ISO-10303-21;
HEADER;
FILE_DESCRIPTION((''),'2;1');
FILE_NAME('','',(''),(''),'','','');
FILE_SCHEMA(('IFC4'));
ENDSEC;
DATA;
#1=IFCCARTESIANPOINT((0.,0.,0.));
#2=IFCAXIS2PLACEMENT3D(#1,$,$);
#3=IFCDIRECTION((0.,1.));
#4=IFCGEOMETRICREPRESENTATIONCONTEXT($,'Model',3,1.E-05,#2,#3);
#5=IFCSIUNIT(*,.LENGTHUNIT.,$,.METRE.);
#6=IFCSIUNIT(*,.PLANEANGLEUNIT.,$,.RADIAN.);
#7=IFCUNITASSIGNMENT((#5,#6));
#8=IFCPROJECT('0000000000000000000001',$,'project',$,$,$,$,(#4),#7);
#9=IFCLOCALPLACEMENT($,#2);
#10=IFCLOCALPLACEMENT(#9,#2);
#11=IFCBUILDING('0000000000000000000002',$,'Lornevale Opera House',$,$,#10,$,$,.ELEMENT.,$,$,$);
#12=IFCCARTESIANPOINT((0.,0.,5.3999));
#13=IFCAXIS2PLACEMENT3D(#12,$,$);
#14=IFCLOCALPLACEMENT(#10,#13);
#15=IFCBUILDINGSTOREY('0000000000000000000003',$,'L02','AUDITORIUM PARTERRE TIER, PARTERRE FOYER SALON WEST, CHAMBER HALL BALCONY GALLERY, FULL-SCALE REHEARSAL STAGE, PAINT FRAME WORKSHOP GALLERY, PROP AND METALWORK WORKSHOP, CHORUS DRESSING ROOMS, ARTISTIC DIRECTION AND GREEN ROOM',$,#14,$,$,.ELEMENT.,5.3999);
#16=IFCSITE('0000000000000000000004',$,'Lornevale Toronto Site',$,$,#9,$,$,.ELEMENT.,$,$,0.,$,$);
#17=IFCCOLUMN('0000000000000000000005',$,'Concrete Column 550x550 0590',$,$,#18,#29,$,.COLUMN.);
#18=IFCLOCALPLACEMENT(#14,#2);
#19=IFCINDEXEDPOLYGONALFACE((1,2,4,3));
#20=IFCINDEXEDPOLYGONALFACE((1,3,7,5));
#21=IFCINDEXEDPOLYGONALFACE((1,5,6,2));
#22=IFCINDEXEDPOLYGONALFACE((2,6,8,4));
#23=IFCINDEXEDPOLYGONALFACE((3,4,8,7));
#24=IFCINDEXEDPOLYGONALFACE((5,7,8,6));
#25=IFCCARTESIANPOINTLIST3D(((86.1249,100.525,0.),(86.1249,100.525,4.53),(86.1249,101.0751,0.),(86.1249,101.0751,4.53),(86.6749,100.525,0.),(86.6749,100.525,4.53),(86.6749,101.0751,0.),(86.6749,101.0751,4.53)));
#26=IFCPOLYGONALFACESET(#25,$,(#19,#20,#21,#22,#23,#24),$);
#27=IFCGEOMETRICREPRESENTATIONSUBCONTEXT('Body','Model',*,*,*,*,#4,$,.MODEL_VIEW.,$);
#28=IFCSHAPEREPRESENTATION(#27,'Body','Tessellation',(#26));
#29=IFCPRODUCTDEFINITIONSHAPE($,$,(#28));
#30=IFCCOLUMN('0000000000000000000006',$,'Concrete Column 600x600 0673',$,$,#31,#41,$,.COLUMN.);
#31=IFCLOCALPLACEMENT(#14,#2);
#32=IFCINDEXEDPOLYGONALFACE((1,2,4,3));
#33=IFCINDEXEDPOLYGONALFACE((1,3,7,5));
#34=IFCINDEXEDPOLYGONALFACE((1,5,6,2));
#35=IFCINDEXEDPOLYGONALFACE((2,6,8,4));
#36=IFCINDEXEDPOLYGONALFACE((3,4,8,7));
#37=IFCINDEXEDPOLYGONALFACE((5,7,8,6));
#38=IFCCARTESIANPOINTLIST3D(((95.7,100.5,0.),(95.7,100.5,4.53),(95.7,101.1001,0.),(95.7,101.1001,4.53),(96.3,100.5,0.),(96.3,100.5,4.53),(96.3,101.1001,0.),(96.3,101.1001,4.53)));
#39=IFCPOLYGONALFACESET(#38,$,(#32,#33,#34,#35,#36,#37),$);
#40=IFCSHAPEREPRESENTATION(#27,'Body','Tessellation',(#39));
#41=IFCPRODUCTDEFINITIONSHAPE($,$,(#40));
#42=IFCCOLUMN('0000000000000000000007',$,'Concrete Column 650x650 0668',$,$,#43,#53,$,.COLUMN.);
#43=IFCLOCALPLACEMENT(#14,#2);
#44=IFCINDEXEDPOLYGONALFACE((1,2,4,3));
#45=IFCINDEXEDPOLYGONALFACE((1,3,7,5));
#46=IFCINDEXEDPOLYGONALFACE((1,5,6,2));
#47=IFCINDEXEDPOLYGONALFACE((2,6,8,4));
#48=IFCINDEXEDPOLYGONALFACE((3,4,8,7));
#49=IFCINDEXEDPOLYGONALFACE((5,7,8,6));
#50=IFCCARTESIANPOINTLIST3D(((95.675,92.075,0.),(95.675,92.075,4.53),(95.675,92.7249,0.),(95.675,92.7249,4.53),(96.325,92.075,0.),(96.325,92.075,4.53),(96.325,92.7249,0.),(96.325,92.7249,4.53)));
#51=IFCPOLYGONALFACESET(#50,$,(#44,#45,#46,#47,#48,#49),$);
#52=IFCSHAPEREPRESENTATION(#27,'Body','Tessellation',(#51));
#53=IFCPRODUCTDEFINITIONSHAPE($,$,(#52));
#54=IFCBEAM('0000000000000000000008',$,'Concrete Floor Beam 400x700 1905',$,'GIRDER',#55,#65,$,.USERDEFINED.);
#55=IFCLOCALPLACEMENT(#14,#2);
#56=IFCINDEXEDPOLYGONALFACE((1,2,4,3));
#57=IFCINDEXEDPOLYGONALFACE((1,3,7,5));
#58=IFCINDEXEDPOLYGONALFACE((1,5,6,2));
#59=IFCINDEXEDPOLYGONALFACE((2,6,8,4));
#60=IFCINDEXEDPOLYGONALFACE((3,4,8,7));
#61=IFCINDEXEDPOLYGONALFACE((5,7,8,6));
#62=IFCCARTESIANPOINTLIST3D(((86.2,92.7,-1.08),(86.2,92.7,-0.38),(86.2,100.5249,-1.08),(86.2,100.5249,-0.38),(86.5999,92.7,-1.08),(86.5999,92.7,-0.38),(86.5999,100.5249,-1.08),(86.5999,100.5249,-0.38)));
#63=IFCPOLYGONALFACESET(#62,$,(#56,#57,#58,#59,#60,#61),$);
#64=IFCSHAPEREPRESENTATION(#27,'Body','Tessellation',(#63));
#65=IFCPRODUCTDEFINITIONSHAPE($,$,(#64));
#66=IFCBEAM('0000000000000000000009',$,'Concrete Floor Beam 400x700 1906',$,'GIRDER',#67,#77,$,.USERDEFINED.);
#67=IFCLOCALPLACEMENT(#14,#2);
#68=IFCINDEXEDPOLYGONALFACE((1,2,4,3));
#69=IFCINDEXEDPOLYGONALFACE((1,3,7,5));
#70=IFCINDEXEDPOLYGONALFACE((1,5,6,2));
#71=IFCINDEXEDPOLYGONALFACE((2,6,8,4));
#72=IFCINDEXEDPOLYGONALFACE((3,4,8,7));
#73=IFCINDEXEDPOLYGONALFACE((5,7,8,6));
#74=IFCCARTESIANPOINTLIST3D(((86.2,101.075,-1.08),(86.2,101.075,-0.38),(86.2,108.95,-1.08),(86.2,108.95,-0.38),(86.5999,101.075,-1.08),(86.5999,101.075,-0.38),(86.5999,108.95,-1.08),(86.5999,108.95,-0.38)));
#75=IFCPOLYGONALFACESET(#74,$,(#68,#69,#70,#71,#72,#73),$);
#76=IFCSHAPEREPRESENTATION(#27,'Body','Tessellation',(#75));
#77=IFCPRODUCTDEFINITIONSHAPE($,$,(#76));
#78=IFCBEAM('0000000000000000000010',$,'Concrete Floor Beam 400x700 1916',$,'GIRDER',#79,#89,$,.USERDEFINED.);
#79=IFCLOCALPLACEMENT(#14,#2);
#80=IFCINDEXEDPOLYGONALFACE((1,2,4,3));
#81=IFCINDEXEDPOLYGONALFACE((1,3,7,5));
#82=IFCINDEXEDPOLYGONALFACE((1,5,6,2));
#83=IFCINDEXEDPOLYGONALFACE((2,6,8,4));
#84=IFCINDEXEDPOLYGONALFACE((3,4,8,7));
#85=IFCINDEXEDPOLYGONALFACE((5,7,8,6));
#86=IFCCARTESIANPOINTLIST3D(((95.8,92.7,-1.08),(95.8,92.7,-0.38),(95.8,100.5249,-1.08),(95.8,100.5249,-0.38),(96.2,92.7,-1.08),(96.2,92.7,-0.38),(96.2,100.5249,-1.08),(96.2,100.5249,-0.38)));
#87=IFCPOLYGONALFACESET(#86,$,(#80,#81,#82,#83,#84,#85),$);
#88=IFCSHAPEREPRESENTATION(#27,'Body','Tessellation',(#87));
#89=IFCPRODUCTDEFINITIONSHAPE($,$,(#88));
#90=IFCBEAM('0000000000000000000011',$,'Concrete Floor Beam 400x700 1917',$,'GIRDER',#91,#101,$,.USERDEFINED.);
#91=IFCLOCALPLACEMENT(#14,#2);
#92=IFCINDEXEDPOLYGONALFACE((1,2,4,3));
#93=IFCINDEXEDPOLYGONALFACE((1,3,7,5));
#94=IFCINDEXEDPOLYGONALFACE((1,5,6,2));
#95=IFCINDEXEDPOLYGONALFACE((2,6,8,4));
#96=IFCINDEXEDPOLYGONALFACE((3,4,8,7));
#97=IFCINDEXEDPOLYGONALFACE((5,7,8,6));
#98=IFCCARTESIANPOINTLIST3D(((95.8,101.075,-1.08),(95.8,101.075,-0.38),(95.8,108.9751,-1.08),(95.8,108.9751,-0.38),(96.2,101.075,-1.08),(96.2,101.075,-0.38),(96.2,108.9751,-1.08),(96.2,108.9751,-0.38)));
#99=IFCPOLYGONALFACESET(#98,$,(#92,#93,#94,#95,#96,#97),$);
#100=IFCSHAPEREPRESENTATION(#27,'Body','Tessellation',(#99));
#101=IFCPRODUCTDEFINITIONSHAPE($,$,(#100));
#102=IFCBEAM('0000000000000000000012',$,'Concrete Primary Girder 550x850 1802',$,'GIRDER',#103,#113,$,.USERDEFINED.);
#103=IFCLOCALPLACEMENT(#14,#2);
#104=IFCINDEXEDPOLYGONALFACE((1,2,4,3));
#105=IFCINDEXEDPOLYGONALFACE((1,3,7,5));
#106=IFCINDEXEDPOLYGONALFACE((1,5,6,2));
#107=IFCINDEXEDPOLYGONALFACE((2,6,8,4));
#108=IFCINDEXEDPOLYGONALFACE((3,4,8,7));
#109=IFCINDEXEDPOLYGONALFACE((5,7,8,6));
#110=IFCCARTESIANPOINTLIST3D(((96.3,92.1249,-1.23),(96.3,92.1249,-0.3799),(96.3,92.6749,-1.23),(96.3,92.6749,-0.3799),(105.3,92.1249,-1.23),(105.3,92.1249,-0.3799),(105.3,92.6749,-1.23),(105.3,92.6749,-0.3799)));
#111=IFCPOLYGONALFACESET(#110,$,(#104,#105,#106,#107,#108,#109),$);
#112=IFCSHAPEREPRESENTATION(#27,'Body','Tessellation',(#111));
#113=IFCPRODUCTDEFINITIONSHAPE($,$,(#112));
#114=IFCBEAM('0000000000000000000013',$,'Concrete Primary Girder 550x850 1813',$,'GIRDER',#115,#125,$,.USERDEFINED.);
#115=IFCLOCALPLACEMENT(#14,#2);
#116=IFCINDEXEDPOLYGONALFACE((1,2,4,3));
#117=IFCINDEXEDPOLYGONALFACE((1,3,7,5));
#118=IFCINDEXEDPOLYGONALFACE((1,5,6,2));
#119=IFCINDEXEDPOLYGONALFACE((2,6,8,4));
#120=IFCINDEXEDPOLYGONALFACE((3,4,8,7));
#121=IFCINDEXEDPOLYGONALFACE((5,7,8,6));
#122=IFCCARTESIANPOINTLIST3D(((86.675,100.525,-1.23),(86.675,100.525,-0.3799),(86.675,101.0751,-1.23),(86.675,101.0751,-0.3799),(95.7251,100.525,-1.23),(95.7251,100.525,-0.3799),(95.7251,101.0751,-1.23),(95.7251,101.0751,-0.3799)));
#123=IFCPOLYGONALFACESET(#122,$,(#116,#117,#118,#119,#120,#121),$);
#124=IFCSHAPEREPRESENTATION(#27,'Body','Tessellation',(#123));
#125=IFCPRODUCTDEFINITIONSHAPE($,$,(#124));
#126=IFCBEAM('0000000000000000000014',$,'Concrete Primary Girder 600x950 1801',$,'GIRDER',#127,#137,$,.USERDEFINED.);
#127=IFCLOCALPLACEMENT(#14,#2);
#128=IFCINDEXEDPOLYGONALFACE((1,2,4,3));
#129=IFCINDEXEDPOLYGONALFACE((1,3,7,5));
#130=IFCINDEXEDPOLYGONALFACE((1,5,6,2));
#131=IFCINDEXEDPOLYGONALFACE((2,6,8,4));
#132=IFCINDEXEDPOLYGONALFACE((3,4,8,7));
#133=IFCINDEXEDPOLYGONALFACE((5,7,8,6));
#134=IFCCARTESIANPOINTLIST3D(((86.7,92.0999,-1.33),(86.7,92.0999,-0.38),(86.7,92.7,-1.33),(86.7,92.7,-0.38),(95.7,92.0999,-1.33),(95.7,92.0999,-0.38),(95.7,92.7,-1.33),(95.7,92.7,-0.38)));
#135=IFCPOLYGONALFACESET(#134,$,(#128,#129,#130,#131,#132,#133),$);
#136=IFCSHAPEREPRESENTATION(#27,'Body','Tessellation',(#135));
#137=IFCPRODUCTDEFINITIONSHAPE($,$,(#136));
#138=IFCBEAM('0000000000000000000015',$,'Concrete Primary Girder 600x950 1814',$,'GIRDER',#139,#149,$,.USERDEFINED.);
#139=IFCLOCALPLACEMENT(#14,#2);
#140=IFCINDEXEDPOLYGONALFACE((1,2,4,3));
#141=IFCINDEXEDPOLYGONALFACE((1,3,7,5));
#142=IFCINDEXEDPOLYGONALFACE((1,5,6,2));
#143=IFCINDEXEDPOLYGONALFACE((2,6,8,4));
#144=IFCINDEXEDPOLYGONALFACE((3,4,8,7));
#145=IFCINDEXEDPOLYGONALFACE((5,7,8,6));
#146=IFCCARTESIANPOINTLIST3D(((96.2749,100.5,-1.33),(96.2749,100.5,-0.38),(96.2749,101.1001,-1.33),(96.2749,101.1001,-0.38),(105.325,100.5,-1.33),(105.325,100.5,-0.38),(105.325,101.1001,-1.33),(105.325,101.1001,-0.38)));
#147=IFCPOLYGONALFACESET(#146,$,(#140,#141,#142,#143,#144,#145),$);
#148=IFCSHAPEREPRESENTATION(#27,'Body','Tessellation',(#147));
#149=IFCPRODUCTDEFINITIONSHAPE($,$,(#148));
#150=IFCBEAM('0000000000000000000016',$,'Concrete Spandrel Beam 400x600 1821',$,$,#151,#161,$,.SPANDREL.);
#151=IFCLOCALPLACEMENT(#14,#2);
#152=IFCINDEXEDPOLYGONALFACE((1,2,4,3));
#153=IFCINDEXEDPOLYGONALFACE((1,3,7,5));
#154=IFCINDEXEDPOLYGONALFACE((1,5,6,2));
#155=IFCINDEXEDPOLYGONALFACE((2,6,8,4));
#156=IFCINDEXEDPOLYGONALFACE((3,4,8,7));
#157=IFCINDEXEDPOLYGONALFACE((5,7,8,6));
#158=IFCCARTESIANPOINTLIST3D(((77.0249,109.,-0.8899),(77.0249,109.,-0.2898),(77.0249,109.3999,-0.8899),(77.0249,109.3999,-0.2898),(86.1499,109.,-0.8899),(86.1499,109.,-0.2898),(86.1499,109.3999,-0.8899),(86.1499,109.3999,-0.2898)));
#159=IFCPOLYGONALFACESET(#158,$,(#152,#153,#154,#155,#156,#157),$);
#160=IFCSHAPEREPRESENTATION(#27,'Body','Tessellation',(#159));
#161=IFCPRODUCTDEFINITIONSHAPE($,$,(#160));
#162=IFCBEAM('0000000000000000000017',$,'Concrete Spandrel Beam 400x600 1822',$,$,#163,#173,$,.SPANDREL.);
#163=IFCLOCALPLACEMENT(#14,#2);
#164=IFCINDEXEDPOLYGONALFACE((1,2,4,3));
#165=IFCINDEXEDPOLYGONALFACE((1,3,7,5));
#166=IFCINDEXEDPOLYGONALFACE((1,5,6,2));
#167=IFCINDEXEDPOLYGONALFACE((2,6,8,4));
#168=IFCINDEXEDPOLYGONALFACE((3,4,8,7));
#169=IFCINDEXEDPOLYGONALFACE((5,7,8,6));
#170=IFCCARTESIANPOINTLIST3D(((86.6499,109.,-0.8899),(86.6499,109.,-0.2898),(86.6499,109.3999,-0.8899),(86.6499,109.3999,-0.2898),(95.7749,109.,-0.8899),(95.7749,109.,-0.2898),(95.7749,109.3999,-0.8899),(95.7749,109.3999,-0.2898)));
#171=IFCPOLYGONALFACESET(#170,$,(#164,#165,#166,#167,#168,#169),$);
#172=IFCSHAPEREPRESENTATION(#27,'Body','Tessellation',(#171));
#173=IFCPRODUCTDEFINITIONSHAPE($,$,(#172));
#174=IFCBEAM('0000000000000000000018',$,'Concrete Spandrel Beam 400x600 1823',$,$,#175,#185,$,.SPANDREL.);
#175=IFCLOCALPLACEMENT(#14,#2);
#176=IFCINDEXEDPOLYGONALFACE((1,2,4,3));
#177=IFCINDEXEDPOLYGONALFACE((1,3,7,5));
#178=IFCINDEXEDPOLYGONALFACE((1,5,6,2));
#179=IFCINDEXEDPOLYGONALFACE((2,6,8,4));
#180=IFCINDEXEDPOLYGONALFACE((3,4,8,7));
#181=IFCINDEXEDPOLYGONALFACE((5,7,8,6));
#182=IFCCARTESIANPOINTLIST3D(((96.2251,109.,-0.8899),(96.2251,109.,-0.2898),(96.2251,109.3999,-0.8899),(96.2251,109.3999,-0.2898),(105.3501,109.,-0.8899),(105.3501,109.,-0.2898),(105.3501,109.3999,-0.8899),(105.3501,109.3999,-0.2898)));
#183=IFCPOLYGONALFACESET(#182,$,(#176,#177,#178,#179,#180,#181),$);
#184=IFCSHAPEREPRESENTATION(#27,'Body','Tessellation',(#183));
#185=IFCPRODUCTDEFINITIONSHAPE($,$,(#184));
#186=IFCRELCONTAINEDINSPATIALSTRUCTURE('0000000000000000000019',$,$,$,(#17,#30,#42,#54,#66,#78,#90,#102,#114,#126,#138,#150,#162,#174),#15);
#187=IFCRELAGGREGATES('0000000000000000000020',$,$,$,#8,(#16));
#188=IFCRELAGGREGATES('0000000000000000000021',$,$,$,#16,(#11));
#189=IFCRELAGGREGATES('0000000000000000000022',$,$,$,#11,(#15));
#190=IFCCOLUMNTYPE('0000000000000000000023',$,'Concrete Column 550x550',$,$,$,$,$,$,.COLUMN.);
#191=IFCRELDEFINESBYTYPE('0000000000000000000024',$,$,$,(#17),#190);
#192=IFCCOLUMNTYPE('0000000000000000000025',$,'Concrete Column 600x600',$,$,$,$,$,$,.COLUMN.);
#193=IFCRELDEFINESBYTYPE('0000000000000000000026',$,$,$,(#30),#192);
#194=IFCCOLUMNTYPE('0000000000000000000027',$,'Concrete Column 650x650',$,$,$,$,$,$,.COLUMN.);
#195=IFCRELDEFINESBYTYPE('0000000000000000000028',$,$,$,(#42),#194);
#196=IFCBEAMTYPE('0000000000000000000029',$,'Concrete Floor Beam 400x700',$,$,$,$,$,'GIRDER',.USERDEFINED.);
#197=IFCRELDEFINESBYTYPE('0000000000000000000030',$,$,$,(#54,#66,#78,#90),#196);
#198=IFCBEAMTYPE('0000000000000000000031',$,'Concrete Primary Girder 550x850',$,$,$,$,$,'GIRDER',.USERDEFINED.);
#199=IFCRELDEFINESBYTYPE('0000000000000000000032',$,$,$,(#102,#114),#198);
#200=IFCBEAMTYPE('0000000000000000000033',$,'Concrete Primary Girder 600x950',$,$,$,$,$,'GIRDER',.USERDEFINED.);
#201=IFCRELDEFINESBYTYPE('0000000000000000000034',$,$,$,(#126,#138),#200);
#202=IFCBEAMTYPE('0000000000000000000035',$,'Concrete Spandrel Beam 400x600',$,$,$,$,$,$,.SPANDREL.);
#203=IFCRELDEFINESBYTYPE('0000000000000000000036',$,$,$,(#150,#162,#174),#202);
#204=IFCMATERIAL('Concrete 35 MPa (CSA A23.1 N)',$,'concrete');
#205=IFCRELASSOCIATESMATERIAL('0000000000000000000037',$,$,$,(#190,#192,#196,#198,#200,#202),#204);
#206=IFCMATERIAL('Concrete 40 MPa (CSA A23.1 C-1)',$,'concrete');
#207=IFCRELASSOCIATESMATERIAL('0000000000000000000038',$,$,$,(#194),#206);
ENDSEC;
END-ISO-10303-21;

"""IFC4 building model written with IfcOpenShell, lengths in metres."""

from ifc_helpers import new_model, si_unit, direction, frame, origin, origin_2d, place, context, subcontext, project, spatial, rectangle, extrude, material, material_profile, profile_set, type_object, element, save


model = new_model("IFC4")

# Units and contexts
model_context = context("Model", 3, precision=1e-05, world=origin(), true_north=direction((0.0, 1.0)))
body_context = subcontext(model_context, "Body", "Model", "MODEL_VIEW")
ifc_project = project(units=[si_unit("LENGTHUNIT", "METRE"), si_unit("PLANEANGLEUNIT", "RADIAN")], contexts=[model_context])

# Site, building, storey
site_placement = place(None, origin())
site = spatial("IfcSite", under=ifc_project, at=site_placement, Name="Lornevale Toronto Site", CompositionType="ELEMENT", RefElevation=0.0)
building_placement = place(site_placement, origin())
building = spatial("IfcBuilding", under=site, at=building_placement, Name="Lornevale Opera House", CompositionType="ELEMENT")
storey_placement = place(building_placement, frame((0.0, 0.0, 5.3999)))
storey = spatial("IfcBuildingStorey", under=building, at=storey_placement, Name="L02", Description="AUDITORIUM PARTERRE TIER, PARTERRE FOYER SALON WEST, CHAMBER HALL BALCONY GALLERY, FULL-SCALE REHEARSAL STAGE, PAINT FRAME WORKSHOP GALLERY, PROP AND METALWORK WORKSHOP, CHORUS DRESSING ROOMS, ARTISTIC DIRECTION AND GREEN ROOM", CompositionType="ELEMENT", Elevation=5.3999)

# Columns
ifc_material_1 = material(Name="Concrete 35 MPa (CSA A23.1 N)", Category="concrete")
ifc_material_profile_1 = material_profile(ifc_material_1, rectangle(XDim=0.55, YDim=0.55, at=origin_2d()), Name="RC550x550")
ifc_profile_set_1 = profile_set([ifc_material_profile_1], Name="Concrete 35 MPa (CSA A23.1 N)")
column_type_1 = type_object("IfcColumnType", Name="Concrete Column 550x550", PredefinedType="COLUMN", material=ifc_profile_set_1)
column_1_placement = place(storey_placement, frame((86.3999, 100.8, 0.0), z_axis=(0.0, 0.0, 1.0), x_axis=(1.0, 0.0, 0.0)))
element("IfcColumn", 1, at=column_1_placement, inside=storey, type_object=column_type_1, Name="Concrete Column 550x550 0590", PredefinedType="COLUMN", context=body_context, shape_type="SweptSolid", body=[
    extrude(rectangle(XDim=0.55, YDim=0.55, at=origin_2d()), origin(), (0.0, 0.0, 1.0), 4.53),
])
ifc_material_profile_2 = material_profile(ifc_material_1, rectangle(XDim=0.6001, YDim=0.6001, at=origin_2d()), Name="RC600x600")
ifc_profile_set_2 = profile_set([ifc_material_profile_2], Name="Concrete 35 MPa (CSA A23.1 N)")
column_type_2 = type_object("IfcColumnType", Name="Concrete Column 600x600", PredefinedType="COLUMN", material=ifc_profile_set_2)
column_2_placement = place(storey_placement, frame((96.0, 100.8, 0.0), z_axis=(0.0, 0.0, 1.0), x_axis=(1.0, 0.0, 0.0)))
element("IfcColumn", 2, at=column_2_placement, inside=storey, type_object=column_type_2, Name="Concrete Column 600x600 0673", PredefinedType="COLUMN", context=body_context, shape_type="SweptSolid", body=[
    extrude(rectangle(XDim=0.6001, YDim=0.6001, at=origin_2d()), origin(), (0.0, 0.0, 1.0), 4.53),
])
ifc_material_2 = material(Name="Concrete 40 MPa (CSA A23.1 C-1)", Category="concrete")
ifc_material_profile_3 = material_profile(ifc_material_2, rectangle(XDim=0.6499, YDim=0.6499, at=origin_2d()), Name="RC650x650")
ifc_profile_set_3 = profile_set([ifc_material_profile_3], Name="Concrete 40 MPa (CSA A23.1 C-1)")
column_type_3 = type_object("IfcColumnType", Name="Concrete Column 650x650", PredefinedType="COLUMN", material=ifc_profile_set_3)
column_3_placement = place(storey_placement, frame((96.0, 92.3999, 0.0), z_axis=(0.0, 0.0, 1.0), x_axis=(1.0, 0.0, 0.0)))
element("IfcColumn", 3, at=column_3_placement, inside=storey, type_object=column_type_3, Name="Concrete Column 650x650 0668", PredefinedType="COLUMN", context=body_context, shape_type="SweptSolid", body=[
    extrude(rectangle(XDim=0.6499, YDim=0.6499, at=origin_2d()), origin(), (0.0, 0.0, 1.0), 4.53),
])

# Beams
ifc_material_profile_4 = material_profile(ifc_material_1, rectangle(XDim=0.3999, YDim=0.7, at=origin_2d()), Name="RC400x700")
ifc_profile_set_4 = profile_set([ifc_material_profile_4], Name="Concrete 35 MPa (CSA A23.1 N)")
beam_type_1 = type_object("IfcBeamType", Name="Concrete Floor Beam 400x700", ElementType="GIRDER", PredefinedType="USERDEFINED", material=ifc_profile_set_4)
beam_1_placement = place(storey_placement, frame((86.3999, 92.7, -0.73), z_axis=(0.0, 1.0, 0.0), x_axis=(-1.0, 0.0, 0.0)))
element("IfcBeam", 4, at=beam_1_placement, inside=storey, type_object=beam_type_1, Name="Concrete Floor Beam 400x700 1905", ObjectType="GIRDER", PredefinedType="USERDEFINED", context=body_context, shape_type="SweptSolid", body=[
    extrude(rectangle(XDim=0.3999, YDim=0.7, at=origin_2d()), origin(), (0.0, 0.0, 1.0), 7.825),
])
beam_2_placement = place(storey_placement, frame((86.3999, 101.075, -0.73), z_axis=(0.0, 1.0, 0.0), x_axis=(-1.0, 0.0, 0.0)))
element("IfcBeam", 5, at=beam_2_placement, inside=storey, type_object=beam_type_1, Name="Concrete Floor Beam 400x700 1906", ObjectType="GIRDER", PredefinedType="USERDEFINED", context=body_context, shape_type="SweptSolid", body=[
    extrude(rectangle(XDim=0.3999, YDim=0.7, at=origin_2d()), origin(), (0.0, 0.0, 1.0), 7.875),
])
beam_3_placement = place(storey_placement, frame((96.0, 92.7, -0.73), z_axis=(0.0, 1.0, 0.0), x_axis=(-1.0, 0.0, 0.0)))
element("IfcBeam", 6, at=beam_3_placement, inside=storey, type_object=beam_type_1, Name="Concrete Floor Beam 400x700 1916", ObjectType="GIRDER", PredefinedType="USERDEFINED", context=body_context, shape_type="SweptSolid", body=[
    extrude(rectangle(XDim=0.3999, YDim=0.7, at=origin_2d()), origin(), (0.0, 0.0, 1.0), 7.825),
])
beam_4_placement = place(storey_placement, frame((96.0, 101.075, -0.73), z_axis=(0.0, 1.0, 0.0), x_axis=(-1.0, 0.0, 0.0)))
element("IfcBeam", 7, at=beam_4_placement, inside=storey, type_object=beam_type_1, Name="Concrete Floor Beam 400x700 1917", ObjectType="GIRDER", PredefinedType="USERDEFINED", context=body_context, shape_type="SweptSolid", body=[
    extrude(rectangle(XDim=0.3999, YDim=0.7, at=origin_2d()), origin(), (0.0, 0.0, 1.0), 7.9001),
])
ifc_material_profile_5 = material_profile(ifc_material_1, rectangle(XDim=0.55, YDim=0.8501, at=origin_2d()), Name="RC550x850")
ifc_profile_set_5 = profile_set([ifc_material_profile_5], Name="Concrete 35 MPa (CSA A23.1 N)")
beam_type_2 = type_object("IfcBeamType", Name="Concrete Primary Girder 550x850", ElementType="GIRDER", PredefinedType="USERDEFINED", material=ifc_profile_set_5)
beam_5_placement = place(storey_placement, frame((96.3, 92.3999, -0.8049), z_axis=(1.0, 0.0, 0.0), x_axis=(0.0, 1.0, 0.0)))
element("IfcBeam", 8, at=beam_5_placement, inside=storey, type_object=beam_type_2, Name="Concrete Primary Girder 550x850 1802", ObjectType="GIRDER", PredefinedType="USERDEFINED", context=body_context, shape_type="SweptSolid", body=[
    extrude(rectangle(XDim=0.55, YDim=0.8501, at=origin_2d()), origin(), (0.0, 0.0, 1.0), 9.0),
])
beam_6_placement = place(storey_placement, frame((86.675, 100.8, -0.8049), z_axis=(1.0, 0.0, 0.0), x_axis=(0.0, 1.0, 0.0)))
element("IfcBeam", 9, at=beam_6_placement, inside=storey, type_object=beam_type_2, Name="Concrete Primary Girder 550x850 1813", ObjectType="GIRDER", PredefinedType="USERDEFINED", context=body_context, shape_type="SweptSolid", body=[
    extrude(rectangle(XDim=0.55, YDim=0.8501, at=origin_2d()), origin(), (0.0, 0.0, 1.0), 9.05),
])
ifc_material_profile_6 = material_profile(ifc_material_1, rectangle(XDim=0.6001, YDim=0.95, at=origin_2d()), Name="RC600x950")
ifc_profile_set_6 = profile_set([ifc_material_profile_6], Name="Concrete 35 MPa (CSA A23.1 N)")
beam_type_3 = type_object("IfcBeamType", Name="Concrete Primary Girder 600x950", ElementType="GIRDER", PredefinedType="USERDEFINED", material=ifc_profile_set_6)
beam_7_placement = place(storey_placement, frame((86.7, 92.3999, -0.855), z_axis=(1.0, 0.0, 0.0), x_axis=(0.0, 1.0, 0.0)))
element("IfcBeam", 10, at=beam_7_placement, inside=storey, type_object=beam_type_3, Name="Concrete Primary Girder 600x950 1801", ObjectType="GIRDER", PredefinedType="USERDEFINED", context=body_context, shape_type="SweptSolid", body=[
    extrude(rectangle(XDim=0.6001, YDim=0.95, at=origin_2d()), origin(), (0.0, 0.0, 1.0), 9.0),
])
beam_8_placement = place(storey_placement, frame((96.2749, 100.8, -0.855), z_axis=(1.0, 0.0, 0.0), x_axis=(0.0, 1.0, 0.0)))
element("IfcBeam", 11, at=beam_8_placement, inside=storey, type_object=beam_type_3, Name="Concrete Primary Girder 600x950 1814", ObjectType="GIRDER", PredefinedType="USERDEFINED", context=body_context, shape_type="SweptSolid", body=[
    extrude(rectangle(XDim=0.6001, YDim=0.95, at=origin_2d()), origin(), (0.0, 0.0, 1.0), 9.05),
])
ifc_material_profile_7 = material_profile(ifc_material_1, rectangle(XDim=0.3999, YDim=0.6001, at=origin_2d()), Name="RC400x600")
ifc_profile_set_7 = profile_set([ifc_material_profile_7], Name="Concrete 35 MPa (CSA A23.1 N)")
beam_type_4 = type_object("IfcBeamType", Name="Concrete Spandrel Beam 400x600", PredefinedType="SPANDREL", material=ifc_profile_set_7)
for number, where, z_axis, x_axis, name in (
    (12, (77.0249, 109.2, -0.5898), (1.0, 0.0, 0.0), (0.0, 1.0, 0.0), "Concrete Spandrel Beam 400x600 1821"),
    (13, (86.6499, 109.2, -0.5898), (1.0, 0.0, 0.0), (0.0, 1.0, 0.0), "Concrete Spandrel Beam 400x600 1822"),
    (14, (96.2251, 109.2, -0.5898), (1.0, 0.0, 0.0), (0.0, 1.0, 0.0), "Concrete Spandrel Beam 400x600 1823"),
):
    element("IfcBeam", number, at=place(storey_placement, frame(where, z_axis=z_axis, x_axis=x_axis)), inside=storey, type_object=beam_type_4, Name=name, PredefinedType="SPANDREL", context=body_context, shape_type="SweptSolid", body=[
        extrude(rectangle(XDim=0.3999, YDim=0.6001, at=origin_2d()), origin(), (0.0, 0.0, 1.0), 9.125),
    ])

save(model, "model.ifc")
